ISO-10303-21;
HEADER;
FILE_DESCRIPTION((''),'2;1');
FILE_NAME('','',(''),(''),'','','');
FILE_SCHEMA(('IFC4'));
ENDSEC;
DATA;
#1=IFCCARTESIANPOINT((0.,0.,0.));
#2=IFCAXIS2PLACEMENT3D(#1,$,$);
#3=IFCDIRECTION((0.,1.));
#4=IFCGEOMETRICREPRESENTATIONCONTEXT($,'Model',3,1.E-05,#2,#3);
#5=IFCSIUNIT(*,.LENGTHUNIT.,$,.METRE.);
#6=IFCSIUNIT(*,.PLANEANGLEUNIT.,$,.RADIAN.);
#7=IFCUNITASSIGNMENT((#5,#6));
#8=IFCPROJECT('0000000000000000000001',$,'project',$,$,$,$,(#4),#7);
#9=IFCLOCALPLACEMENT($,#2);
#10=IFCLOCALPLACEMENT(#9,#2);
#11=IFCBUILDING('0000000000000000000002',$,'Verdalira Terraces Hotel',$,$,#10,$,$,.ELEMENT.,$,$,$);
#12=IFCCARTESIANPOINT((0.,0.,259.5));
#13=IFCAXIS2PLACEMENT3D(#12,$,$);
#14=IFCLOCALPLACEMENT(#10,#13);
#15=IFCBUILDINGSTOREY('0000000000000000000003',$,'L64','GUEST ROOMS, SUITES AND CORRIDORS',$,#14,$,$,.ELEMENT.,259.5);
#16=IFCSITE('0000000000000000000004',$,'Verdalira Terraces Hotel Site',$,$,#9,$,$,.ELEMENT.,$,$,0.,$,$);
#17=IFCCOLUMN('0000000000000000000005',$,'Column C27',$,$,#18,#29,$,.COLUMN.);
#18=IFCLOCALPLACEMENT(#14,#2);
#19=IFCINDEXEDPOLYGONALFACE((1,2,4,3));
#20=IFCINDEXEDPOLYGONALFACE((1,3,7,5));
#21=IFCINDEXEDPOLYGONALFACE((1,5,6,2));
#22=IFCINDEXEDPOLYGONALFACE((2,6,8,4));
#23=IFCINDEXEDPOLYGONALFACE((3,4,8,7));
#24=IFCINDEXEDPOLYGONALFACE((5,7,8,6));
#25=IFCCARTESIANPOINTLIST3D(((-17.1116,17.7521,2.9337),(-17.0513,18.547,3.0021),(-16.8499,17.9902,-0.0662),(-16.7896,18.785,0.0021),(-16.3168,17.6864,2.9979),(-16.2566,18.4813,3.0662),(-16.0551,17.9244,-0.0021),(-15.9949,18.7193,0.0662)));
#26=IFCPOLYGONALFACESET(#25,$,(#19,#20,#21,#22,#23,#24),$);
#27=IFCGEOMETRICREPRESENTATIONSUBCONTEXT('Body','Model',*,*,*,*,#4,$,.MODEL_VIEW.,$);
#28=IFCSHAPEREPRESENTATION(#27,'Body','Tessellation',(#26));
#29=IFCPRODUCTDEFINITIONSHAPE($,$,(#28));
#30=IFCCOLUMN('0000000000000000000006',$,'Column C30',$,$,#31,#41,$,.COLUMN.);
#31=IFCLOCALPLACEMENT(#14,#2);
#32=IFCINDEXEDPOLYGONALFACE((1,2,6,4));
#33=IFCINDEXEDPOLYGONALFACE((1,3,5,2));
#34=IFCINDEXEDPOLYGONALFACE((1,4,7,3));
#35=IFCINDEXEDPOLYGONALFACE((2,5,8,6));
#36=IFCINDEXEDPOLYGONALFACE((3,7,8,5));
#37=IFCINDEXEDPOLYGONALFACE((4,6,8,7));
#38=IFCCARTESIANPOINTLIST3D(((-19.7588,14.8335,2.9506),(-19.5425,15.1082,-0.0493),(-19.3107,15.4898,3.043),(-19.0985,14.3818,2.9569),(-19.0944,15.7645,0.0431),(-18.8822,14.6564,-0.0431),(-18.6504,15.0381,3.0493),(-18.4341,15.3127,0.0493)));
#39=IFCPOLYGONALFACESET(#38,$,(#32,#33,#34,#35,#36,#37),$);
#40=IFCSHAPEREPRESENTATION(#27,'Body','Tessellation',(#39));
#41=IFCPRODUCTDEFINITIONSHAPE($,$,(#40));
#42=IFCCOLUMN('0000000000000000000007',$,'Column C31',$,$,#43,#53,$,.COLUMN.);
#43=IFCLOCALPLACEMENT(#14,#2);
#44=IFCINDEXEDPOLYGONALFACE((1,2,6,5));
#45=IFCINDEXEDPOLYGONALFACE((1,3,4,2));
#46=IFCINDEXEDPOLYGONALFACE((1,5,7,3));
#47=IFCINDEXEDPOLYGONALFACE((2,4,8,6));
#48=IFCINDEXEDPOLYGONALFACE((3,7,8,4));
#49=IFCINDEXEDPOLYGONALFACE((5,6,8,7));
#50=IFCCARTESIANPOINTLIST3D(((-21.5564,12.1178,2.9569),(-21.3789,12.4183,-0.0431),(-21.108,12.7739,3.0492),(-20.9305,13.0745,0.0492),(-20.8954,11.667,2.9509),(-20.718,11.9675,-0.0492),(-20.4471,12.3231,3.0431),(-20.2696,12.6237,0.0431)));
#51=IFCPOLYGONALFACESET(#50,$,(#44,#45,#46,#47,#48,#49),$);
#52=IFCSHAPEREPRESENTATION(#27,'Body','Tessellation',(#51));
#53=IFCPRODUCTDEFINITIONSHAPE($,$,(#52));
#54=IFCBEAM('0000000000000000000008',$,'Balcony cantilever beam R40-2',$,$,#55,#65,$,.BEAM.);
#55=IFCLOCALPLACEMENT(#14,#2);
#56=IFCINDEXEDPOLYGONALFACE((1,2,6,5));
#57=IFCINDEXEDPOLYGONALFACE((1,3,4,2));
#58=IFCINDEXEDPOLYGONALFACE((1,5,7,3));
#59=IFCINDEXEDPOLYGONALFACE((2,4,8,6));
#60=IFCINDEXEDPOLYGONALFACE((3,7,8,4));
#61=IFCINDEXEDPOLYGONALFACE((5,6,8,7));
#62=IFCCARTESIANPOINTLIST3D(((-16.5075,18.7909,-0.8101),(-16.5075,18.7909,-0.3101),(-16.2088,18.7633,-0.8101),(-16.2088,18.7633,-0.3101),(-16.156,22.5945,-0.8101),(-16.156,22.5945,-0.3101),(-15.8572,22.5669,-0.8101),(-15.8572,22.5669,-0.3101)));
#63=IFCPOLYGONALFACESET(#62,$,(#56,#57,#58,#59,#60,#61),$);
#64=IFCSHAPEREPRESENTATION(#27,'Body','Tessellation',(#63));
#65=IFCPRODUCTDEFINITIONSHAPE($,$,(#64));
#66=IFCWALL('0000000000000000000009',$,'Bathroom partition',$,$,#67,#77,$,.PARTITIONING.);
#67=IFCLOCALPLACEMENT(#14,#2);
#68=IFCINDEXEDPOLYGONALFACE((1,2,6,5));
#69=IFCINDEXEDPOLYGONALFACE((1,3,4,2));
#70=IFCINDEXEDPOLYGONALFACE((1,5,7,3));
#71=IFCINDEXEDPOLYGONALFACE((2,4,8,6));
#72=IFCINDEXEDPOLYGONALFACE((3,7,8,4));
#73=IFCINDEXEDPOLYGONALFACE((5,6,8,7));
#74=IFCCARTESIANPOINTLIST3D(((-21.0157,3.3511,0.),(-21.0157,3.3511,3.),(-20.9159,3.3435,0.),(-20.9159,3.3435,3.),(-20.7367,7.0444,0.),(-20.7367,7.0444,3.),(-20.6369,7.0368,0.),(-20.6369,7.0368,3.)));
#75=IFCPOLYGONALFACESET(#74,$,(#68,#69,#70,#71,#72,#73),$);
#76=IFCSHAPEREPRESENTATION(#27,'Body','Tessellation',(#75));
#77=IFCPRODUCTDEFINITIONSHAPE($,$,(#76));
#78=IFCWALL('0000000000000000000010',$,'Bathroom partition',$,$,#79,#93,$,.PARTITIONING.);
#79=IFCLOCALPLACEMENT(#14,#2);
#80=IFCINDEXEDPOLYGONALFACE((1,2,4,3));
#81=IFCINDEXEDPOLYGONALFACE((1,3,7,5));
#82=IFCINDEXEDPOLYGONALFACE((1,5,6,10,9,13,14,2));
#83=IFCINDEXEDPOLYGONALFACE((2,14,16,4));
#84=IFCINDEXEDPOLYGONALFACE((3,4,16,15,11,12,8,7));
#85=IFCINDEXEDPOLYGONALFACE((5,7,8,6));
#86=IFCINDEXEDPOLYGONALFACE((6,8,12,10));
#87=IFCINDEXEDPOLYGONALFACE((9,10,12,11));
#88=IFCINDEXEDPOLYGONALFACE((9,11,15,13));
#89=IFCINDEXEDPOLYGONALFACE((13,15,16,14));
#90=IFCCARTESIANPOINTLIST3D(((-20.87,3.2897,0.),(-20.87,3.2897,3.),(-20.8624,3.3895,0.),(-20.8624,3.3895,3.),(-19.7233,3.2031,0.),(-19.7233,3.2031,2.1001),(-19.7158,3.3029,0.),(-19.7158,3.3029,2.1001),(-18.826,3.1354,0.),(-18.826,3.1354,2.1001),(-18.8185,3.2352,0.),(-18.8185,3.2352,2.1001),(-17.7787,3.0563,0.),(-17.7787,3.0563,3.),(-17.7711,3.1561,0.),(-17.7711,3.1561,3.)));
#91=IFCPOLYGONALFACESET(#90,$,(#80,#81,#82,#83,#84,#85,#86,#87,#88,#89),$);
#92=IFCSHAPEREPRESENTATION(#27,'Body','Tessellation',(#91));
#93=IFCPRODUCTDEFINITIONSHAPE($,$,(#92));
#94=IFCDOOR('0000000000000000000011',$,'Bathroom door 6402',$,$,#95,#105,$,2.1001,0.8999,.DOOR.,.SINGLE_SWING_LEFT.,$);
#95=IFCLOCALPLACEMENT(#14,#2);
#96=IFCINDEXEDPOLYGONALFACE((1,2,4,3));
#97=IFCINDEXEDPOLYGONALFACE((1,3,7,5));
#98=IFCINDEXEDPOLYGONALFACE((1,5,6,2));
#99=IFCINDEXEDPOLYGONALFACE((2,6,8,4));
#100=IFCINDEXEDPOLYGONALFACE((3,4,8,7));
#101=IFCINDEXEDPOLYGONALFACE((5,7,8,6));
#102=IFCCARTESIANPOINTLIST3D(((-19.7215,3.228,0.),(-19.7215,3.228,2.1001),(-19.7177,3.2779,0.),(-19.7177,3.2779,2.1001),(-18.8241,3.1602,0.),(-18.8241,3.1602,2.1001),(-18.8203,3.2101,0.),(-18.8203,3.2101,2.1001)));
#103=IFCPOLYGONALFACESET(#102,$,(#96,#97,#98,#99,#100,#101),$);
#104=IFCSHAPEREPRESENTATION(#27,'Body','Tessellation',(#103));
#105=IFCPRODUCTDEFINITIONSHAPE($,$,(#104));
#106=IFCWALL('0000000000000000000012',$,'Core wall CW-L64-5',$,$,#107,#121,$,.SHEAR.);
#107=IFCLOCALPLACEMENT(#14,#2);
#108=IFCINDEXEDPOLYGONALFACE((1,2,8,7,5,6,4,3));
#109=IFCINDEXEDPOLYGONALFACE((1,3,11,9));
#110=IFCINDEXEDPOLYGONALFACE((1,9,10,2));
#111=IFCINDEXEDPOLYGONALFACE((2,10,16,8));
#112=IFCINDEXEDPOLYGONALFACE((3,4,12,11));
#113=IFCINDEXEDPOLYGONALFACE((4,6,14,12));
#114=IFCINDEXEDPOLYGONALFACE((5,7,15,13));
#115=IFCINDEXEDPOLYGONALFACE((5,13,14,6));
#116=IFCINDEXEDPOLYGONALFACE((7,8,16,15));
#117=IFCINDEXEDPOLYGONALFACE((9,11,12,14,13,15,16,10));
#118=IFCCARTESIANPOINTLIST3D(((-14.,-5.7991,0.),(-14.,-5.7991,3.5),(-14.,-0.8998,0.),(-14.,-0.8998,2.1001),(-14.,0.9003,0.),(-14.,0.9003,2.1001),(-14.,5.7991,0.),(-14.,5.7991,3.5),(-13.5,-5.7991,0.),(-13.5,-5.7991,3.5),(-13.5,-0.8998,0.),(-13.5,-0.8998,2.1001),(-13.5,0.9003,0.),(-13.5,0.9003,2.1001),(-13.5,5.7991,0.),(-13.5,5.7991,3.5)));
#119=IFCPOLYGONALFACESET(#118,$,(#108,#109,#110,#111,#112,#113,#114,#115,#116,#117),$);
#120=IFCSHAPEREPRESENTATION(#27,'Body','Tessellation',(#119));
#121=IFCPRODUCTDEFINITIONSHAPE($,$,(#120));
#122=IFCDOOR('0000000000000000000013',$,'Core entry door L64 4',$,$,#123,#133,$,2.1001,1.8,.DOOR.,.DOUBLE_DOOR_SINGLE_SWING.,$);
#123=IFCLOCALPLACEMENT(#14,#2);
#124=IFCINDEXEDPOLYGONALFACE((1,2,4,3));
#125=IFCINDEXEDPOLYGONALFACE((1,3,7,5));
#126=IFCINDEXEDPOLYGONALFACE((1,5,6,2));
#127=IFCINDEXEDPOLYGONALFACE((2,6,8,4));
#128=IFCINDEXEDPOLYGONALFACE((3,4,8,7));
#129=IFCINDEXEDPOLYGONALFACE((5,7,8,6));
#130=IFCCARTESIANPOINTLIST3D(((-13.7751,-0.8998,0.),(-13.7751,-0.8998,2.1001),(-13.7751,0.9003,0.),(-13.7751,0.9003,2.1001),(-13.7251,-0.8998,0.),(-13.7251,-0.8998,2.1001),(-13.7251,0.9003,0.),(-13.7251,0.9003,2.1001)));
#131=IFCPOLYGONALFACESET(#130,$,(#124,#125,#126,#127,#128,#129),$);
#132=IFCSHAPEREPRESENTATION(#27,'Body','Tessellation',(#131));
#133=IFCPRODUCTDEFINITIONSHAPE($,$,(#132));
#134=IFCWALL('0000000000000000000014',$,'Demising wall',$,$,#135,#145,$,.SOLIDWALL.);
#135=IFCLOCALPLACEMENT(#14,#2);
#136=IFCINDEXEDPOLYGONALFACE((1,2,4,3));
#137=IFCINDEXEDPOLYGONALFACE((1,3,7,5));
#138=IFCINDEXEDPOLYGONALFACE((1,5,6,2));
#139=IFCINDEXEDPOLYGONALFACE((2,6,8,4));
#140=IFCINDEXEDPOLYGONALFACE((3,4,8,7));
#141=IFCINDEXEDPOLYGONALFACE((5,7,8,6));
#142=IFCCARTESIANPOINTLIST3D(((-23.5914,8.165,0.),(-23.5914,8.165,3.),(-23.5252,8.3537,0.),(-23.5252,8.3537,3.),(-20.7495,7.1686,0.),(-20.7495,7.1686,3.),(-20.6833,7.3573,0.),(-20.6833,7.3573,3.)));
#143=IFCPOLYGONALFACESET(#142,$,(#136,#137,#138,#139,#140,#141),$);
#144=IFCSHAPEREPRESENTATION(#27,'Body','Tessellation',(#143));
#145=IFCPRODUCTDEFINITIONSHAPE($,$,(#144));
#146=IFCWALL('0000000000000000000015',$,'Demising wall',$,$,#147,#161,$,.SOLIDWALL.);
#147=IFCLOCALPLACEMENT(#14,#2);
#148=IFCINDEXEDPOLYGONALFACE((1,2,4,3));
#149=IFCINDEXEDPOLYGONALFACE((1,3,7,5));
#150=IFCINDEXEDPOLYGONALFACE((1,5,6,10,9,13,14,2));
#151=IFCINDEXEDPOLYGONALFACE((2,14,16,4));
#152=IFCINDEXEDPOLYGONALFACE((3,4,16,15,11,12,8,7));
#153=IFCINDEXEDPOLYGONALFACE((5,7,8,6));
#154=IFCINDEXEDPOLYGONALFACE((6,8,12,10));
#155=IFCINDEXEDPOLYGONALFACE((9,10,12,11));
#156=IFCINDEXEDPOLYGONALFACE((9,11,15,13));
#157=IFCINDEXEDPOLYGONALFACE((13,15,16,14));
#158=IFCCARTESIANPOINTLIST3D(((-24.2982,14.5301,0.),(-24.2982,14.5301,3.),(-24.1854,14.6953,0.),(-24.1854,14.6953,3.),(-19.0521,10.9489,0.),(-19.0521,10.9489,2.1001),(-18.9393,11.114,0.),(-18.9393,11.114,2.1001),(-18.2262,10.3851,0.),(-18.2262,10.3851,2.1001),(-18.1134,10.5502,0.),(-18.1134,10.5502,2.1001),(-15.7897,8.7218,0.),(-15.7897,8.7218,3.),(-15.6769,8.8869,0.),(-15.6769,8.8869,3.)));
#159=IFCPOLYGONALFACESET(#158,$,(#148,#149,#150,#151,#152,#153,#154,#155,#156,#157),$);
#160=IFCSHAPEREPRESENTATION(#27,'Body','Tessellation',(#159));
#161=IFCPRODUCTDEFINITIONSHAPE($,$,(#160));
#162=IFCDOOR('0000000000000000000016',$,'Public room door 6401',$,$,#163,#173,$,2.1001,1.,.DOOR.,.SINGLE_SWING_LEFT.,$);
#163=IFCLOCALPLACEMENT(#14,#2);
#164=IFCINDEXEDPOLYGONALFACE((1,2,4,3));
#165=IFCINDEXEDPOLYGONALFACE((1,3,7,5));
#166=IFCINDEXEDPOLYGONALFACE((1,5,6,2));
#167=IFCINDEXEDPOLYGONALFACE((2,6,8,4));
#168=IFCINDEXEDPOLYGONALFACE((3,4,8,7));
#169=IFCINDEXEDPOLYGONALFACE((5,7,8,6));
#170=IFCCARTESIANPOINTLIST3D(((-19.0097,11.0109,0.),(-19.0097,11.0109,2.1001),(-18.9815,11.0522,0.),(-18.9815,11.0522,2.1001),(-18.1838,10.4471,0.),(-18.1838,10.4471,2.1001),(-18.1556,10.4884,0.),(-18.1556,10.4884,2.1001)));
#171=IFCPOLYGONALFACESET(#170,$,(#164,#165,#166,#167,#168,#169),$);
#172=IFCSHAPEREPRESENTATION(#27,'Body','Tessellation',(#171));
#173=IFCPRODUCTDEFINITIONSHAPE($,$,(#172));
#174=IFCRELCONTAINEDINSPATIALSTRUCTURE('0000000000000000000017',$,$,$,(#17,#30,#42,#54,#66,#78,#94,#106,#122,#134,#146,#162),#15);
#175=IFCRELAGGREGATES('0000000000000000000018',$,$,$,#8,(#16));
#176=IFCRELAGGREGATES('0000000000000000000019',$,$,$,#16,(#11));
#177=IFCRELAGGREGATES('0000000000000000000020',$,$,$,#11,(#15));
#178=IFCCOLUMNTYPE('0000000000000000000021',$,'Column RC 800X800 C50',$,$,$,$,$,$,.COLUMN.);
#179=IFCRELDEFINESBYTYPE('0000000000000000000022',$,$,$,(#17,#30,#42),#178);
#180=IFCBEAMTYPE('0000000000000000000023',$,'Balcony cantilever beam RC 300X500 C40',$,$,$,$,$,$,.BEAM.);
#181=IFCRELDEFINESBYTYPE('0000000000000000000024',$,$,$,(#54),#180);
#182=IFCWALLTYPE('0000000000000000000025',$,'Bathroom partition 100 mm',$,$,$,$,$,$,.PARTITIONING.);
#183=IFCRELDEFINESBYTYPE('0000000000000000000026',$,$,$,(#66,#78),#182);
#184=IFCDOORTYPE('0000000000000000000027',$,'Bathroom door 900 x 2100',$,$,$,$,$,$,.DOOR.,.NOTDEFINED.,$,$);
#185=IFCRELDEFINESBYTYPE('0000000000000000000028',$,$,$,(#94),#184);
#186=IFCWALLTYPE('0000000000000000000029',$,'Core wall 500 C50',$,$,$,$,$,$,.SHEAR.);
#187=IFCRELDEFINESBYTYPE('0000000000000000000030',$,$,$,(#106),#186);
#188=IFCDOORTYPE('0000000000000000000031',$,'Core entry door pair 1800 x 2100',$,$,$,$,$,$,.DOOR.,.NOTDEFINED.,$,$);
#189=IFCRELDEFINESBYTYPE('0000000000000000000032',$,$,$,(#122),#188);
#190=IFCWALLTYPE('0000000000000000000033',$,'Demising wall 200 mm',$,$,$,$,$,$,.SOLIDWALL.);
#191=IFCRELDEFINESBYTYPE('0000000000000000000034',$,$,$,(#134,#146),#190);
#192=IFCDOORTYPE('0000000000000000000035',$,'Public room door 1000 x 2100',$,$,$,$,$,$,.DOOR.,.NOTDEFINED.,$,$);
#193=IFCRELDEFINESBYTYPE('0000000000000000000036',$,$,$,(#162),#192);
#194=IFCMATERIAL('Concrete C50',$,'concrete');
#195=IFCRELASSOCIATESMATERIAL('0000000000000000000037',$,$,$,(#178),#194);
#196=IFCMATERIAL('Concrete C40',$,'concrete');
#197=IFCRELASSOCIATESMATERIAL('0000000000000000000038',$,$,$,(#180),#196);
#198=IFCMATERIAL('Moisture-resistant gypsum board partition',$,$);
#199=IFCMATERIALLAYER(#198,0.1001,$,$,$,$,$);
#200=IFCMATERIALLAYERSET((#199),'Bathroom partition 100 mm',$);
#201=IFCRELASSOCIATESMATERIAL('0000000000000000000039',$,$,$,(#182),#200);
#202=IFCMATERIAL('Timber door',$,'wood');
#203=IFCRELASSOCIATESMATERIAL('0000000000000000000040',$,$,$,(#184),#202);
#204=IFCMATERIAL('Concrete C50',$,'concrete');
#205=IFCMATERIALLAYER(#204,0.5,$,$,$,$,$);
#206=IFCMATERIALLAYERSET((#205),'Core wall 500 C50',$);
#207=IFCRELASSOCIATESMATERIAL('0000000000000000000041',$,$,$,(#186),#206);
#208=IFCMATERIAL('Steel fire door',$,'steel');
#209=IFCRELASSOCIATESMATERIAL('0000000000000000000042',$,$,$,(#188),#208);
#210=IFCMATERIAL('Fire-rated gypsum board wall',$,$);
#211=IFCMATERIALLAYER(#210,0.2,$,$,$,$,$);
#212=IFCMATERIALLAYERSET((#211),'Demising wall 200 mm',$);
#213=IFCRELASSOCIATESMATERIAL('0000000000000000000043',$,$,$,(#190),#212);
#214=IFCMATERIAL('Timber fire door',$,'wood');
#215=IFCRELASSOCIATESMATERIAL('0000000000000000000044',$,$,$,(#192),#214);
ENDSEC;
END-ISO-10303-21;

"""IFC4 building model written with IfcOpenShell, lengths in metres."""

from ifc_helpers import new_model, si_unit, direction, frame, frame_2d, origin, origin_2d, place, context, subcontext, project, spatial, rectangle, extrude, material, layer, layer_set, material_profile, profile_set, type_object, element, fill, save


model = new_model("IFC4")

# Units and contexts
model_context = context("Model", 3, precision=1e-05, world=origin(), true_north=direction((0.0, 1.0)))
body_context = subcontext(model_context, "Body", "Model", "MODEL_VIEW")
ifc_project = project(units=[si_unit("LENGTHUNIT", "METRE"), si_unit("PLANEANGLEUNIT", "RADIAN")], contexts=[model_context])

# Site, building, storey
site_placement = place(None, origin())
site = spatial("IfcSite", under=ifc_project, at=site_placement, Name="Verdalira Terraces Hotel Site", CompositionType="ELEMENT", RefElevation=0.0)
building_placement = place(site_placement, origin())
building = spatial("IfcBuilding", under=site, at=building_placement, Name="Verdalira Terraces Hotel", CompositionType="ELEMENT")
storey_placement = place(building_placement, frame((0.0, 0.0, 259.5)))
storey = spatial("IfcBuildingStorey", under=building, at=storey_placement, Name="L64", Description="GUEST ROOMS, SUITES AND CORRIDORS", CompositionType="ELEMENT", Elevation=259.5)

# Columns
ifc_material_1 = material(Name="Concrete C50", Category="concrete")
ifc_material_profile_1 = material_profile(ifc_material_1, rectangle(XDim=0.8, YDim=0.8, at=origin_2d()), Name="RC 800X800")
ifc_profile_set_1 = profile_set([ifc_material_profile_1], Name="Concrete C50")
column_type = type_object("IfcColumnType", Name="Column RC 800X800 C50", PredefinedType="COLUMN", material=ifc_profile_set_1)
column_placement = place(storey_placement, frame((-16.4224, 18.3547, 0.0), z_axis=(-0.086639, -0.0788, 0.993118), x_axis=(0.993392, -0.082152, 0.080145)))
element("IfcColumn", 1, at=column_placement, inside=storey, type_object=column_type, Name="Column C27", PredefinedType="COLUMN", context=body_context, shape_type="SweptSolid", body=[
    extrude(rectangle(XDim=0.8, YDim=0.8, at=origin_2d()), origin(), (0.0, 0.0, 1.0), 3.0208),
])
for number, where, z_axis, x_axis, name in (
    (2, (-18.9883, 15.2104, 0.0), (-0.071618, -0.090937, 0.993278), (-0.825303, 0.564636, -0.007813), "Column C30"),
    (3, (-20.8242, 12.521, 0.0), (-0.058767, -0.099508, 0.9933), (-0.826097, 0.563477, 0.007574), "Column C31"),
):
    element("IfcColumn", number, at=place(storey_placement, frame(where, z_axis=z_axis, x_axis=x_axis)), inside=storey, type_object=column_type, Name=name, PredefinedType="COLUMN", context=body_context, shape_type="SweptSolid", body=[
        extrude(rectangle(XDim=0.8, YDim=0.8, at=origin_2d()), origin(), (0.0, 0.0, 1.0), 3.0203),
    ])

# Beam
ifc_material_2 = material(Name="Concrete C40", Category="concrete")
ifc_material_profile_2 = material_profile(ifc_material_2, rectangle(XDim=0.3, YDim=0.5, at=origin_2d()), Name="RC 300X500")
ifc_profile_set_2 = profile_set([ifc_material_profile_2], Name="Concrete C40")
beam_type = type_object("IfcBeamType", Name="Balcony cantilever beam RC 300X500 C40", PredefinedType="BEAM", material=ifc_profile_set_2)
beam_placement = place(storey_placement, frame((-16.3582, 18.7771, -0.5601), z_axis=(0.092034, 0.995756, 0.0), x_axis=(-0.995756, 0.092034, 0.0)))
element("IfcBeam", 4, at=beam_placement, inside=storey, type_object=beam_type, Name="Balcony cantilever beam R40-2", PredefinedType="BEAM", context=body_context, shape_type="SweptSolid", body=[
    extrude(rectangle(XDim=0.3, YDim=0.5, at=origin_2d()), origin(), (0.0, 0.0, 1.0), 3.8198),
])

# Wall
ifc_material_3 = material(Name="Moisture-resistant gypsum board partition")
ifc_layer_1 = layer(ifc_material_3, 0.1001)
ifc_layer_set_1 = layer_set([ifc_layer_1], Name="Bathroom partition 100 mm")
wall_type_1 = type_object("IfcWallType", Name="Bathroom partition 100 mm", PredefinedType="PARTITIONING", material=ifc_layer_set_1)
wall_1_placement = place(storey_placement, frame((-20.9658, 3.3472, 0.0), z_axis=(0.0, 0.0, 1.0), x_axis=(0.075341, 0.997158, 0.0)))
element("IfcWall", 5, at=wall_1_placement, inside=storey, type_object=wall_type_1, Name="Bathroom partition", PredefinedType="PARTITIONING", context=body_context, shape_type="SweptSolid", body=[
    extrude(rectangle(XDim=3.7039, YDim=0.1001, at=frame_2d((1.8521, 0.0))), origin(), (0.0, 0.0, 1.0), 3.0),
])

# Walls, openings, doors
wall_2_placement = place(storey_placement, frame((-20.8662, 3.3396, 0.0), z_axis=(0.0, 0.0, 1.0), x_axis=(0.997162, -0.075287, 0.0)))
wall_2 = element("IfcWall", 6, at=wall_2_placement, inside=storey, type_object=wall_type_1, Name="Bathroom partition", PredefinedType="PARTITIONING", context=body_context, shape_type="SweptSolid", body=[
    extrude(rectangle(XDim=3.1001, YDim=0.1001, at=frame_2d((1.55, 0.0))), origin(), (0.0, 0.0, 1.0), 3.0),
])
opening_1_placement = place(wall_2_placement, frame((1.1499, 0.0, 0.0)))
opening_1 = element("IfcOpeningElement", 7, at=opening_1_placement, cuts=wall_2, PredefinedType="OPENING", context=body_context, shape_type="SweptSolid", body=[
    extrude(rectangle(XDim=0.8999, YDim=2.1001, at=frame_2d((0.45, 1.05))), frame((0.0, 0.0601, 0.0), z_axis=(0.0, -1.0, 0.0), x_axis=(1.0, 0.0, 0.0)), (0.0, 0.0, 1.0), 0.1201),
])
ifc_material_4 = material(Name="Timber door", Category="wood")
door_type_1 = type_object("IfcDoorType", Name="Bathroom door 900 x 2100", OperationType="NOTDEFINED", PredefinedType="DOOR", material=ifc_material_4)
door_1_placement = place(opening_1_placement, origin())
door_1 = element("IfcDoor", 8, at=door_1_placement, inside=storey, type_object=door_type_1, Name="Bathroom door 6402", OperationType="SINGLE_SWING_LEFT", OverallHeight=2.1001, OverallWidth=0.8999, PredefinedType="DOOR", context=body_context, shape_type="SweptSolid", body=[
    extrude(rectangle(XDim=0.8999, YDim=2.1001, at=frame_2d((0.45, 1.05))), frame((0.0, 0.0249, 0.0), z_axis=(0.0, -1.0, 0.0), x_axis=(1.0, 0.0, 0.0)), (0.0, 0.0, 1.0), 0.05),
])
fill(opening_1, door_1)
ifc_material_5 = material(Name="Concrete C50", Category="concrete")
ifc_layer_2 = layer(ifc_material_5, 0.5)
ifc_layer_set_2 = layer_set([ifc_layer_2], Name="Core wall 500 C50")
wall_type_2 = type_object("IfcWallType", Name="Core wall 500 C50", PredefinedType="SHEAR", material=ifc_layer_set_2)
wall_3_placement = place(storey_placement, frame((-13.75, 5.7991, 0.0), z_axis=(0.0, 0.0, 1.0), x_axis=(0.0, -1.0, 0.0)))
wall_3 = element("IfcWall", 9, at=wall_3_placement, inside=storey, type_object=wall_type_2, Name="Core wall CW-L64-5", PredefinedType="SHEAR", context=body_context, shape_type="SweptSolid", body=[
    extrude(rectangle(XDim=11.5981, YDim=0.5, at=frame_2d((5.7991, 0.0))), origin(), (0.0, 0.0, 1.0), 3.5),
])
opening_2_placement = place(wall_3_placement, frame((4.8989, 0.0, 0.0)))
opening_2 = element("IfcOpeningElement", 10, at=opening_2_placement, cuts=wall_3, PredefinedType="OPENING", context=body_context, shape_type="SweptSolid", body=[
    extrude(rectangle(XDim=1.8, YDim=2.1001, at=frame_2d((0.8999, 1.05))), frame((0.0, 0.26, 0.0), z_axis=(0.0, -1.0, 0.0), x_axis=(1.0, 0.0, 0.0)), (0.0, 0.0, 1.0), 0.52),
])
ifc_material_6 = material(Name="Steel fire door", Category="steel")
door_type_2 = type_object("IfcDoorType", Name="Core entry door pair 1800 x 2100", OperationType="NOTDEFINED", PredefinedType="DOOR", material=ifc_material_6)
door_2_placement = place(opening_2_placement, origin())
door_2 = element("IfcDoor", 11, at=door_2_placement, inside=storey, type_object=door_type_2, Name="Core entry door L64 4", OperationType="DOUBLE_DOOR_SINGLE_SWING", OverallHeight=2.1001, OverallWidth=1.8, PredefinedType="DOOR", context=body_context, shape_type="SweptSolid", body=[
    extrude(rectangle(XDim=1.8, YDim=2.1001, at=frame_2d((0.8999, 1.05))), frame((0.0, 0.0249, 0.0), z_axis=(0.0, -1.0, 0.0), x_axis=(1.0, 0.0, 0.0)), (0.0, 0.0, 1.0), 0.05),
])
fill(opening_2, door_2)

# Wall
ifc_material_7 = material(Name="Fire-rated gypsum board wall")
ifc_layer_3 = layer(ifc_material_7, 0.2)
ifc_layer_set_3 = layer_set([ifc_layer_3], Name="Demising wall 200 mm")
wall_type_3 = type_object("IfcWallType", Name="Demising wall 200 mm", PredefinedType="SOLIDWALL", material=ifc_layer_set_3)
wall_4_placement = place(storey_placement, frame((-20.7163, 7.2629, 0.0), z_axis=(0.0, 0.0, 1.0), x_axis=(-0.943681, 0.330856, 0.0)))
element("IfcWall", 12, at=wall_4_placement, inside=storey, type_object=wall_type_3, Name="Demising wall", PredefinedType="SOLIDWALL", context=body_context, shape_type="SweptSolid", body=[
    extrude(rectangle(XDim=3.0115, YDim=0.2, at=frame_2d((1.5059, 0.0))), origin(), (0.0, 0.0, 1.0), 3.0),
])

# Wall, opening, door
wall_5_placement = place(storey_placement, frame((-15.7334, 8.8044, 0.0), z_axis=(0.0, 0.0, 1.0), x_axis=(-0.825908, 0.563805, 0.0)))
wall_5 = element("IfcWall", 13, at=wall_5_placement, inside=storey, type_object=wall_type_3, Name="Demising wall", PredefinedType="SOLIDWALL", context=body_context, shape_type="SweptSolid", body=[
    extrude(rectangle(XDim=10.302, YDim=0.2, at=frame_2d((5.1509, 0.0))), origin(), (0.0, 0.0, 1.0), 3.0),
])
opening_3_placement = place(wall_5_placement, frame((2.95, 0.0, 0.0)))
opening_3 = element("IfcOpeningElement", 14, at=opening_3_placement, cuts=wall_5, PredefinedType="OPENING", context=body_context, shape_type="SweptSolid", body=[
    extrude(rectangle(XDim=1.0, YDim=2.1001, at=frame_2d((0.5, 1.05))), frame((0.0, 0.1099, 0.0), z_axis=(0.0, -1.0, 0.0), x_axis=(1.0, 0.0, 0.0)), (0.0, 0.0, 1.0), 0.22),
])
ifc_material_8 = material(Name="Timber fire door", Category="wood")
door_type_3 = type_object("IfcDoorType", Name="Public room door 1000 x 2100", OperationType="NOTDEFINED", PredefinedType="DOOR", material=ifc_material_8)
door_3_placement = place(opening_3_placement, origin())
door_3 = element("IfcDoor", 15, at=door_3_placement, inside=storey, type_object=door_type_3, Name="Public room door 6401", OperationType="SINGLE_SWING_LEFT", OverallHeight=2.1001, OverallWidth=1.0, PredefinedType="DOOR", context=body_context, shape_type="SweptSolid", body=[
    extrude(rectangle(XDim=1.0, YDim=2.1001, at=frame_2d((0.5, 1.05))), frame((0.0, 0.0249, 0.0), z_axis=(0.0, -1.0, 0.0), x_axis=(1.0, 0.0, 0.0)), (0.0, 0.0, 1.0), 0.05),
])
fill(opening_3, door_3)

save(model, "model.ifc")
